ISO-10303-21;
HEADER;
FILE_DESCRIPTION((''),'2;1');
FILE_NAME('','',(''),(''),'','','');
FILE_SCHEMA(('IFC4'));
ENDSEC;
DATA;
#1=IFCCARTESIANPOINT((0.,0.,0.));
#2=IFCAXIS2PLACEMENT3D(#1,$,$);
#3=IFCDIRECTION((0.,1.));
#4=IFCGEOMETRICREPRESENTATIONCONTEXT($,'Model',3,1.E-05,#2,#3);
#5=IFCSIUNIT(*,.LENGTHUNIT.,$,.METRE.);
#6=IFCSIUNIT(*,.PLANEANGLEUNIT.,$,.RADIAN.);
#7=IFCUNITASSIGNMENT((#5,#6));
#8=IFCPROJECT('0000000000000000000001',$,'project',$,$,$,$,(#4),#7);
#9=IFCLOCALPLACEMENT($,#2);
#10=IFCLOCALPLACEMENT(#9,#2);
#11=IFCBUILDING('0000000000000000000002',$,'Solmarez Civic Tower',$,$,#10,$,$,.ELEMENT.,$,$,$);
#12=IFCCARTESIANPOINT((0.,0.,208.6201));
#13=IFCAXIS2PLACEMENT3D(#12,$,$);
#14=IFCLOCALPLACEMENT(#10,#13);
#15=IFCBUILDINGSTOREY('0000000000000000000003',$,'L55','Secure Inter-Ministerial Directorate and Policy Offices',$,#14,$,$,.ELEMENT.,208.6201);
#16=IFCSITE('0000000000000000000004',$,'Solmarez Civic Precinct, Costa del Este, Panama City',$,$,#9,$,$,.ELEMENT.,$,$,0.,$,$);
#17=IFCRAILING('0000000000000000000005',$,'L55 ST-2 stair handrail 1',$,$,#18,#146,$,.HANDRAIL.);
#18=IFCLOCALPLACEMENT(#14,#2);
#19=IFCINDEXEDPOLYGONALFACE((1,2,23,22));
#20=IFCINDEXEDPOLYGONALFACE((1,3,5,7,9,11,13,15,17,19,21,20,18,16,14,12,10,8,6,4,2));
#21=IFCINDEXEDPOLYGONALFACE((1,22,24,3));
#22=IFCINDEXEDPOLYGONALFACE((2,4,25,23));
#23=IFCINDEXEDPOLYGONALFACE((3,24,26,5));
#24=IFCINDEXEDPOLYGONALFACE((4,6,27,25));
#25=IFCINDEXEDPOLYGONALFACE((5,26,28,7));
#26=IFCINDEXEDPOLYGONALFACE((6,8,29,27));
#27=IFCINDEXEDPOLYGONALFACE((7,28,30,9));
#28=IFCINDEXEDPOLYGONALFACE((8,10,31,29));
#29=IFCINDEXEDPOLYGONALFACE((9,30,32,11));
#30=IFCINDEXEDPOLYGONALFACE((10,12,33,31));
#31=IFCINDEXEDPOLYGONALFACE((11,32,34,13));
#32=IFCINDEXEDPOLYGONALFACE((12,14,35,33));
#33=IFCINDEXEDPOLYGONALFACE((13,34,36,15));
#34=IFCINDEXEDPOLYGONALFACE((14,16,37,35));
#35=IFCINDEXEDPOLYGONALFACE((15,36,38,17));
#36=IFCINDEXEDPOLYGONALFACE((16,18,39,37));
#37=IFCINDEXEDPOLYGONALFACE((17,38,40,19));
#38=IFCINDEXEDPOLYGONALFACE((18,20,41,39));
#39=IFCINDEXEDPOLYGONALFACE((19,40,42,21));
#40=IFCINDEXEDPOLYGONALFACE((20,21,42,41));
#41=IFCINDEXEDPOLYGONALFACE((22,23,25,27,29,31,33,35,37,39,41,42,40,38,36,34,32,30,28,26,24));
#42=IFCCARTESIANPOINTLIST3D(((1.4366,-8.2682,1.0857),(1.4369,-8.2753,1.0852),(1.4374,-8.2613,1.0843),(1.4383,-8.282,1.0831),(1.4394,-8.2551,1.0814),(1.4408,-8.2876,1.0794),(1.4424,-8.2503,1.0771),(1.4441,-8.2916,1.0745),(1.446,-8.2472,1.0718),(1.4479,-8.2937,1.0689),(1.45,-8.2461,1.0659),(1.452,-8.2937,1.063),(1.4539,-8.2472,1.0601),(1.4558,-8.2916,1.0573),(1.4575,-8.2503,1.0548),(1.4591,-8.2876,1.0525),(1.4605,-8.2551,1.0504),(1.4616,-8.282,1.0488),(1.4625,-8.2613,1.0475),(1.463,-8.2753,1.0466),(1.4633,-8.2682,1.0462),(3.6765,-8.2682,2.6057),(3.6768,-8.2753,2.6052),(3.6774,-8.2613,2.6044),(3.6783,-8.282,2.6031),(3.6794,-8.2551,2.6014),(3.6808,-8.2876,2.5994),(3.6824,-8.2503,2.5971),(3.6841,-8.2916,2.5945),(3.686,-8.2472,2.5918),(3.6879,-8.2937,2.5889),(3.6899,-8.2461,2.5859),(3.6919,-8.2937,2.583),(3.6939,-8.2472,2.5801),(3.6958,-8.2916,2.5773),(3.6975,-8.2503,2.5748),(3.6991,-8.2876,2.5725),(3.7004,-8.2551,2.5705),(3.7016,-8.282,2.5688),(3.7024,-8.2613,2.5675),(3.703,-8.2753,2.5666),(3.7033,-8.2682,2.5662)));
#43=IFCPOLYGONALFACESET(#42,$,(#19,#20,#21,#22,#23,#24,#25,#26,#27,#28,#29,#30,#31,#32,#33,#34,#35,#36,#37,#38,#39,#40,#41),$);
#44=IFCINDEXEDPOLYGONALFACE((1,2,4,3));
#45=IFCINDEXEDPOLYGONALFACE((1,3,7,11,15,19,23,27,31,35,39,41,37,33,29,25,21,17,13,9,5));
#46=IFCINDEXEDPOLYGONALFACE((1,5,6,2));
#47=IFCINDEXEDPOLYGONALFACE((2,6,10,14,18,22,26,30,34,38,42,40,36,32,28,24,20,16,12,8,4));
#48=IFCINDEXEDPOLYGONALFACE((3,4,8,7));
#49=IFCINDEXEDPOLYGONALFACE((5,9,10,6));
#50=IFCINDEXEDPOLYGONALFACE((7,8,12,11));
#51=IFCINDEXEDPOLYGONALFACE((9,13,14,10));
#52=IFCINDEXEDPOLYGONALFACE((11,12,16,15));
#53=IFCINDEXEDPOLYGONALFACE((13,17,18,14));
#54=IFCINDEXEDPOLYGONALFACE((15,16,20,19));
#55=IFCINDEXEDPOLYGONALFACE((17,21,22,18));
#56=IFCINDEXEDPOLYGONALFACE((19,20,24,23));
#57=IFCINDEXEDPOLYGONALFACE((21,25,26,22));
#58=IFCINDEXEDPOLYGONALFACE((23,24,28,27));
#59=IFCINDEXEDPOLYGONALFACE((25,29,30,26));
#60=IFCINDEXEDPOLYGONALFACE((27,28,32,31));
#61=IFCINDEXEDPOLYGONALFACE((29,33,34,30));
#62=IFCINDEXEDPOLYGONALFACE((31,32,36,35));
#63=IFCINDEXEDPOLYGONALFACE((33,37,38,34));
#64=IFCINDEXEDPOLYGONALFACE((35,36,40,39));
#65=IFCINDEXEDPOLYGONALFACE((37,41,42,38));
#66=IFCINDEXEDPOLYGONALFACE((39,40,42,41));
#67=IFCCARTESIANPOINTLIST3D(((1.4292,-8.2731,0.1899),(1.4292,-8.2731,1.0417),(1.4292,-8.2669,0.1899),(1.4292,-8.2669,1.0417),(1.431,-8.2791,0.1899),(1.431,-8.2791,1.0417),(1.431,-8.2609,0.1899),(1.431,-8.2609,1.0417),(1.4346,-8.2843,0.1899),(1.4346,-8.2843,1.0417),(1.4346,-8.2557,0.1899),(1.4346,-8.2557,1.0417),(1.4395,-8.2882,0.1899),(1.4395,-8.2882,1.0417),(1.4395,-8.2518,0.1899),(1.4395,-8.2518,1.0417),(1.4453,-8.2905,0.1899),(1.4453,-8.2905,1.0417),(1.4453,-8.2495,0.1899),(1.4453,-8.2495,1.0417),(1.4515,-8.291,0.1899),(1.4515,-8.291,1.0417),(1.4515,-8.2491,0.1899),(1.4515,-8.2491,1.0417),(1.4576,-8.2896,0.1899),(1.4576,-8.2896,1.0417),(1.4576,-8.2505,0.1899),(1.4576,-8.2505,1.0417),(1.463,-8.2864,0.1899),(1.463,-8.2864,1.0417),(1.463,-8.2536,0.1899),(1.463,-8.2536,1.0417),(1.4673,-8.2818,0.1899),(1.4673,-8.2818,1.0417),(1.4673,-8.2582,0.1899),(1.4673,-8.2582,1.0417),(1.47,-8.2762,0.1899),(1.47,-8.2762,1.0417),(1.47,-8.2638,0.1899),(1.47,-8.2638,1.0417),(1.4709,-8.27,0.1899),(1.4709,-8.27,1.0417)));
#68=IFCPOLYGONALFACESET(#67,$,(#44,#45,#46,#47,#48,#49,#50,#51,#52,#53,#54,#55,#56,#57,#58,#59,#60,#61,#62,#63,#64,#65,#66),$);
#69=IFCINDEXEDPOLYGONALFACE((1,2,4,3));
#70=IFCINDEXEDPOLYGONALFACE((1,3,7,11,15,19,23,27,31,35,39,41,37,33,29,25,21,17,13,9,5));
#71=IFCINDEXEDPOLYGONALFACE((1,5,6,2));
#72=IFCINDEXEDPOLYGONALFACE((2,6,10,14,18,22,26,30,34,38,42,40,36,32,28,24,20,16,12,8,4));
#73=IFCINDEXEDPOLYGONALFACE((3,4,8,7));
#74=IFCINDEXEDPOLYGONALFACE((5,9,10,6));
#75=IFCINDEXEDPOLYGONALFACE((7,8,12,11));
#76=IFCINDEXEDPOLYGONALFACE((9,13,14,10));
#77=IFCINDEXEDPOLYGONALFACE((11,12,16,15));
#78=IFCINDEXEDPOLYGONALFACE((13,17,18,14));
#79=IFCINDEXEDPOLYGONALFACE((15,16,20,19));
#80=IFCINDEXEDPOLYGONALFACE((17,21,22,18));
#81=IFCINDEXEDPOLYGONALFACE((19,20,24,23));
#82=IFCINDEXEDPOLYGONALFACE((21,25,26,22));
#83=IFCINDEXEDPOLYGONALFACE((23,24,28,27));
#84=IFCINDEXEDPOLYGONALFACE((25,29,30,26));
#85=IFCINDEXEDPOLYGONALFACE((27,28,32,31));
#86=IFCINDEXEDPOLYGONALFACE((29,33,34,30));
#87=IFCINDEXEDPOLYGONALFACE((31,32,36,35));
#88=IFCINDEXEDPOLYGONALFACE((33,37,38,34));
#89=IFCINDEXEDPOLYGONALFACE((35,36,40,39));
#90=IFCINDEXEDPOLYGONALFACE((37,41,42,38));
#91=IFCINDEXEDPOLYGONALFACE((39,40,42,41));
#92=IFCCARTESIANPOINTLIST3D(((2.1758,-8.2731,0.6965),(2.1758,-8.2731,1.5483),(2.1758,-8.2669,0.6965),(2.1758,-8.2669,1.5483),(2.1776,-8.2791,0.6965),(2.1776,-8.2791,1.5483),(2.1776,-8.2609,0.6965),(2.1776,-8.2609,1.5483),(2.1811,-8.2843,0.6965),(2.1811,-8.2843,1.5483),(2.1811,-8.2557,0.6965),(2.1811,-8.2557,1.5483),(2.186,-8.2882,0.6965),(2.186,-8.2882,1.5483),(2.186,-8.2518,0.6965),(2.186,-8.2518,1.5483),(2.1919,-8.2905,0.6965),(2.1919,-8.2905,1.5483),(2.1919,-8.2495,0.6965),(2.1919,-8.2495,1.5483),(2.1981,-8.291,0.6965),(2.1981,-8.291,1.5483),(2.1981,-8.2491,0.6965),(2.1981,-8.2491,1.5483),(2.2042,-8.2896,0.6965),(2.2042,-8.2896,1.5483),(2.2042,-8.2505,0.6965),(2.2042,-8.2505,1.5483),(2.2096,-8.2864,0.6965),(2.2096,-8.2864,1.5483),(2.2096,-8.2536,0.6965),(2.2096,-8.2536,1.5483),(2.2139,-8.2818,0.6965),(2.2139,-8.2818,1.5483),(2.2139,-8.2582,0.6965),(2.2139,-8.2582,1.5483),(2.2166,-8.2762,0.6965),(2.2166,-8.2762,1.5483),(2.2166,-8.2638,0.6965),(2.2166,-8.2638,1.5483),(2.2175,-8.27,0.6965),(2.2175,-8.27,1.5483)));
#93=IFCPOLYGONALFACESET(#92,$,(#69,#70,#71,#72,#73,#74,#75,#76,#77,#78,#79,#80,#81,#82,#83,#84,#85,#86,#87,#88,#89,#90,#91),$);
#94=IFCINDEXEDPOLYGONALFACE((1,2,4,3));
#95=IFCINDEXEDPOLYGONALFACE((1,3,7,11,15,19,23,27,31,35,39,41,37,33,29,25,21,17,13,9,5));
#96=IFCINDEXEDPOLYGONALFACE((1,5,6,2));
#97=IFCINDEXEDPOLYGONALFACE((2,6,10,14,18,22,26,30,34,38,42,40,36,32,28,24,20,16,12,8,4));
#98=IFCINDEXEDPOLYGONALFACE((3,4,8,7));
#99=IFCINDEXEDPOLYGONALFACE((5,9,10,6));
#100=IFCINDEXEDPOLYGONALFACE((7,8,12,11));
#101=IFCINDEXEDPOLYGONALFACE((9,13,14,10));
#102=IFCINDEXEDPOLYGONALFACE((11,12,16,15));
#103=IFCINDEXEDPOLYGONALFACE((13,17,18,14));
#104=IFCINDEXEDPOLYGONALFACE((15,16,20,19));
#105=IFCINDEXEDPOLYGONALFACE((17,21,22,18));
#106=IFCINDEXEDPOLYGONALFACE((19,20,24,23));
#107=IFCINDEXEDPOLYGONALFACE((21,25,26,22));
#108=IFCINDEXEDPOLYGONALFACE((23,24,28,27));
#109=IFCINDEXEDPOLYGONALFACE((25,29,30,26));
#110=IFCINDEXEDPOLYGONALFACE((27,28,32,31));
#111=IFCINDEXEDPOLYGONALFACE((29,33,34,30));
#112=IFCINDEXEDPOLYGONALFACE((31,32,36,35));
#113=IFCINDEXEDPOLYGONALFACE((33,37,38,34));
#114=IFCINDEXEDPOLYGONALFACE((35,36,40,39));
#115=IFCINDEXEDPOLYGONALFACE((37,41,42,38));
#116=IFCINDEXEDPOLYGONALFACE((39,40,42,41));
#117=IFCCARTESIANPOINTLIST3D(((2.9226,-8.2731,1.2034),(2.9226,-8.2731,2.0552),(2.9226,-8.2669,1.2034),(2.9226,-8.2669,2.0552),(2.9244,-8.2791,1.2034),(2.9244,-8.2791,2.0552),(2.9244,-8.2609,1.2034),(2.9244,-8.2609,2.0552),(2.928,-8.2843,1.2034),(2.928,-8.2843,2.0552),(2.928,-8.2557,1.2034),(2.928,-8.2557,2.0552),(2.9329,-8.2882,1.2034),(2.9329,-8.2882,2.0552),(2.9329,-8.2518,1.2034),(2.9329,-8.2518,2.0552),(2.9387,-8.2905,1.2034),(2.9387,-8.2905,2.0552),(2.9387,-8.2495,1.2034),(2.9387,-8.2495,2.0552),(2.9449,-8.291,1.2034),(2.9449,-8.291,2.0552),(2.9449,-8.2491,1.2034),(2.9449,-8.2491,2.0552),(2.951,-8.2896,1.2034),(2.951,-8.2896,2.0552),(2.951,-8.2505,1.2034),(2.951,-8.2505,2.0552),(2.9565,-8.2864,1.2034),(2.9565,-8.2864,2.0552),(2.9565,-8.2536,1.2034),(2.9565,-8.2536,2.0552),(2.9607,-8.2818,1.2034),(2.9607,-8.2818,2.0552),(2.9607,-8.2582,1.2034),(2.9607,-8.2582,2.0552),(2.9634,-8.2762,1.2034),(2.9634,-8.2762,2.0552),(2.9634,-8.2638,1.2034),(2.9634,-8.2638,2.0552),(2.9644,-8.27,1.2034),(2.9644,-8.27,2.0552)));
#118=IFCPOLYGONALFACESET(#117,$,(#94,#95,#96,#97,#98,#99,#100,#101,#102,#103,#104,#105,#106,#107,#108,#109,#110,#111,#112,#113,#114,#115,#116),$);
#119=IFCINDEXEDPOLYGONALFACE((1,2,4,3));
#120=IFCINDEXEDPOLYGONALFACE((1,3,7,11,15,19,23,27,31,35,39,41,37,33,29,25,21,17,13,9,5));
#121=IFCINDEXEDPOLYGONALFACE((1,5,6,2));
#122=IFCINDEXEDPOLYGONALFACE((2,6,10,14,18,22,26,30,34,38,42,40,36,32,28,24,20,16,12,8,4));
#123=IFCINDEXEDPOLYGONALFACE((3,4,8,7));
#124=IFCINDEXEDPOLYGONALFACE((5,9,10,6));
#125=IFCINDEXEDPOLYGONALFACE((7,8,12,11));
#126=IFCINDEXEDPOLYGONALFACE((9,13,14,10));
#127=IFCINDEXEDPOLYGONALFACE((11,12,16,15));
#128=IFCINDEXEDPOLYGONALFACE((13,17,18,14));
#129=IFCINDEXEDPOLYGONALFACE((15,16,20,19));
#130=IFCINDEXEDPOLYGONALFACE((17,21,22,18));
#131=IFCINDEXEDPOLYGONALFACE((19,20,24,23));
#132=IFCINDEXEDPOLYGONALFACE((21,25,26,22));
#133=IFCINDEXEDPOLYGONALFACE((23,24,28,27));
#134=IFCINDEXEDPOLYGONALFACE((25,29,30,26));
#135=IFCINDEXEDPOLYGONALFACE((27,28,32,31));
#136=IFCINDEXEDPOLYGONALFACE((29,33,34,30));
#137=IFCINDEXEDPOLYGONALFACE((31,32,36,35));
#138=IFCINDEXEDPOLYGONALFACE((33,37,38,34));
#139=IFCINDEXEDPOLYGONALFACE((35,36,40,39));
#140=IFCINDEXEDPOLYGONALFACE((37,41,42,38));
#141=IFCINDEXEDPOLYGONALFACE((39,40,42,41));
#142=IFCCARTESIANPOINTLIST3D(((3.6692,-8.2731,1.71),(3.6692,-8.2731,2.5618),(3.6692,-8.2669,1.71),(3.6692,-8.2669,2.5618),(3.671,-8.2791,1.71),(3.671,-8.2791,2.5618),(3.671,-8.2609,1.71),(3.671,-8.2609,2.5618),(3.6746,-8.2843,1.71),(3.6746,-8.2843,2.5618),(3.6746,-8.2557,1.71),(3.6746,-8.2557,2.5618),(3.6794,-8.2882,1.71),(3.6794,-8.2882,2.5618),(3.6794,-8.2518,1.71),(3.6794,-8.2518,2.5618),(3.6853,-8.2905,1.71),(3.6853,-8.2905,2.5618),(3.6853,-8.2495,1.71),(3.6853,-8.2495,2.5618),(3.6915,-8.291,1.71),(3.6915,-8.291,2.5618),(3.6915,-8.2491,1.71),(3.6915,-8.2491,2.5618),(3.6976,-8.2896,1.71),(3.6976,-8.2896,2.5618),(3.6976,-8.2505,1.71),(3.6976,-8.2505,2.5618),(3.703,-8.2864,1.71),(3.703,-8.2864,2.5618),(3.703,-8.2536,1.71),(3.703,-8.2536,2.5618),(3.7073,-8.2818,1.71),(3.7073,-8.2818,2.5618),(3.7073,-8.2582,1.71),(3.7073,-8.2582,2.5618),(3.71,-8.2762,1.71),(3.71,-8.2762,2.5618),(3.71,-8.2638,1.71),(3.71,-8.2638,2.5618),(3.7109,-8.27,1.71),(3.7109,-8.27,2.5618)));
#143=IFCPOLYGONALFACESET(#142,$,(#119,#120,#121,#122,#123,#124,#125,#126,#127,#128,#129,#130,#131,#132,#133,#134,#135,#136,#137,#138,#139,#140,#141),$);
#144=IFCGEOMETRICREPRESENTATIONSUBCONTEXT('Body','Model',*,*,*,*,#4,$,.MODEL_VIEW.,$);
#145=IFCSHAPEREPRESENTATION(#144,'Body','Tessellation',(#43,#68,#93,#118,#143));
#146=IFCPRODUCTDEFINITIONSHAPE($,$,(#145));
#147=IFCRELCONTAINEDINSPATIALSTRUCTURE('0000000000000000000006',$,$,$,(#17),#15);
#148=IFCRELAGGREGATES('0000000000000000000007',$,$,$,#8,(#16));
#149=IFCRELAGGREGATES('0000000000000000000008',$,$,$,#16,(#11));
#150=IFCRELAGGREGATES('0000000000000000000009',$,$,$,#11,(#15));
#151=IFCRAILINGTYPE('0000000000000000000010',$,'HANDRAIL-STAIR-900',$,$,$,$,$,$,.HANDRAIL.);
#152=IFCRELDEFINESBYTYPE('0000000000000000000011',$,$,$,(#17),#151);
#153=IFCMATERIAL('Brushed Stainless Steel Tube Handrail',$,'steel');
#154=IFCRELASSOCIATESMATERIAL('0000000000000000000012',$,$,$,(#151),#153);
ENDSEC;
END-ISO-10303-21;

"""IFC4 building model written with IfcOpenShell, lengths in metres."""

from ifc_helpers import new_model, si_unit, direction, frame, origin, origin_2d, place, context, subcontext, project, spatial, circle, extrude, material, type_object, element, save


model = new_model("IFC4")

# Units and contexts
model_context = context("Model", 3, precision=1e-05, world=origin(), true_north=direction((0.0, 1.0)))
body_context = subcontext(model_context, "Body", "Model", "MODEL_VIEW")
ifc_project = project(units=[si_unit("LENGTHUNIT", "METRE"), si_unit("PLANEANGLEUNIT", "RADIAN")], contexts=[model_context])

# Site, building, storey
site_placement = place(None, origin())
site = spatial("IfcSite", under=ifc_project, at=site_placement, Name="Solmarez Civic Precinct, Costa del Este, Panama City", CompositionType="ELEMENT", RefElevation=0.0)
building_placement = place(site_placement, origin())
building = spatial("IfcBuilding", under=site, at=building_placement, Name="Solmarez Civic Tower", CompositionType="ELEMENT")
storey_placement = place(building_placement, frame((0.0, 0.0, 208.6201)))
storey = spatial("IfcBuildingStorey", under=building, at=storey_placement, Name="L55", Description="Secure Inter-Ministerial Directorate and Policy Offices", CompositionType="ELEMENT", Elevation=208.6201)

# Railing
ifc_material_1 = material(Name="Brushed Stainless Steel Tube Handrail", Category="steel")
railing_type_1 = type_object("IfcRailingType", Name="HANDRAIL-STAIR-900", PredefinedType="HANDRAIL", material=ifc_material_1)
railing_1_placement = place(storey_placement, frame((1.45, -8.27, 0.1899)))
element("IfcRailing", 1, at=railing_1_placement, inside=storey, type_object=railing_type_1, Name="L55 ST-2 stair handrail 1", PredefinedType="HANDRAIL", context=body_context, shape_type="SweptSolid", body=[
    extrude(circle(Radius=0.0239, at=origin_2d()), frame((0.0, 0.0, 0.876), z_axis=(0.827471, 0.0, 0.561508), x_axis=(0.0, 1.0, 0.0)), (0.0, 0.0, 1.0), 2.707),
    extrude(circle(Radius=0.021, at=origin_2d()), origin(), (0.0, 0.0, 1.0), 0.8518),
    extrude(circle(Radius=0.021, at=origin_2d()), frame((0.7466, 0.0, 0.5066)), (0.0, 0.0, 1.0), 0.8518),
    extrude(circle(Radius=0.021, at=origin_2d()), frame((1.4934, 0.0, 1.0134)), (0.0, 0.0, 1.0), 0.8518),
    extrude(circle(Radius=0.021, at=origin_2d()), frame((2.24, 0.0, 1.52)), (0.0, 0.0, 1.0), 0.8518),
])

save(model, "model.ifc")
